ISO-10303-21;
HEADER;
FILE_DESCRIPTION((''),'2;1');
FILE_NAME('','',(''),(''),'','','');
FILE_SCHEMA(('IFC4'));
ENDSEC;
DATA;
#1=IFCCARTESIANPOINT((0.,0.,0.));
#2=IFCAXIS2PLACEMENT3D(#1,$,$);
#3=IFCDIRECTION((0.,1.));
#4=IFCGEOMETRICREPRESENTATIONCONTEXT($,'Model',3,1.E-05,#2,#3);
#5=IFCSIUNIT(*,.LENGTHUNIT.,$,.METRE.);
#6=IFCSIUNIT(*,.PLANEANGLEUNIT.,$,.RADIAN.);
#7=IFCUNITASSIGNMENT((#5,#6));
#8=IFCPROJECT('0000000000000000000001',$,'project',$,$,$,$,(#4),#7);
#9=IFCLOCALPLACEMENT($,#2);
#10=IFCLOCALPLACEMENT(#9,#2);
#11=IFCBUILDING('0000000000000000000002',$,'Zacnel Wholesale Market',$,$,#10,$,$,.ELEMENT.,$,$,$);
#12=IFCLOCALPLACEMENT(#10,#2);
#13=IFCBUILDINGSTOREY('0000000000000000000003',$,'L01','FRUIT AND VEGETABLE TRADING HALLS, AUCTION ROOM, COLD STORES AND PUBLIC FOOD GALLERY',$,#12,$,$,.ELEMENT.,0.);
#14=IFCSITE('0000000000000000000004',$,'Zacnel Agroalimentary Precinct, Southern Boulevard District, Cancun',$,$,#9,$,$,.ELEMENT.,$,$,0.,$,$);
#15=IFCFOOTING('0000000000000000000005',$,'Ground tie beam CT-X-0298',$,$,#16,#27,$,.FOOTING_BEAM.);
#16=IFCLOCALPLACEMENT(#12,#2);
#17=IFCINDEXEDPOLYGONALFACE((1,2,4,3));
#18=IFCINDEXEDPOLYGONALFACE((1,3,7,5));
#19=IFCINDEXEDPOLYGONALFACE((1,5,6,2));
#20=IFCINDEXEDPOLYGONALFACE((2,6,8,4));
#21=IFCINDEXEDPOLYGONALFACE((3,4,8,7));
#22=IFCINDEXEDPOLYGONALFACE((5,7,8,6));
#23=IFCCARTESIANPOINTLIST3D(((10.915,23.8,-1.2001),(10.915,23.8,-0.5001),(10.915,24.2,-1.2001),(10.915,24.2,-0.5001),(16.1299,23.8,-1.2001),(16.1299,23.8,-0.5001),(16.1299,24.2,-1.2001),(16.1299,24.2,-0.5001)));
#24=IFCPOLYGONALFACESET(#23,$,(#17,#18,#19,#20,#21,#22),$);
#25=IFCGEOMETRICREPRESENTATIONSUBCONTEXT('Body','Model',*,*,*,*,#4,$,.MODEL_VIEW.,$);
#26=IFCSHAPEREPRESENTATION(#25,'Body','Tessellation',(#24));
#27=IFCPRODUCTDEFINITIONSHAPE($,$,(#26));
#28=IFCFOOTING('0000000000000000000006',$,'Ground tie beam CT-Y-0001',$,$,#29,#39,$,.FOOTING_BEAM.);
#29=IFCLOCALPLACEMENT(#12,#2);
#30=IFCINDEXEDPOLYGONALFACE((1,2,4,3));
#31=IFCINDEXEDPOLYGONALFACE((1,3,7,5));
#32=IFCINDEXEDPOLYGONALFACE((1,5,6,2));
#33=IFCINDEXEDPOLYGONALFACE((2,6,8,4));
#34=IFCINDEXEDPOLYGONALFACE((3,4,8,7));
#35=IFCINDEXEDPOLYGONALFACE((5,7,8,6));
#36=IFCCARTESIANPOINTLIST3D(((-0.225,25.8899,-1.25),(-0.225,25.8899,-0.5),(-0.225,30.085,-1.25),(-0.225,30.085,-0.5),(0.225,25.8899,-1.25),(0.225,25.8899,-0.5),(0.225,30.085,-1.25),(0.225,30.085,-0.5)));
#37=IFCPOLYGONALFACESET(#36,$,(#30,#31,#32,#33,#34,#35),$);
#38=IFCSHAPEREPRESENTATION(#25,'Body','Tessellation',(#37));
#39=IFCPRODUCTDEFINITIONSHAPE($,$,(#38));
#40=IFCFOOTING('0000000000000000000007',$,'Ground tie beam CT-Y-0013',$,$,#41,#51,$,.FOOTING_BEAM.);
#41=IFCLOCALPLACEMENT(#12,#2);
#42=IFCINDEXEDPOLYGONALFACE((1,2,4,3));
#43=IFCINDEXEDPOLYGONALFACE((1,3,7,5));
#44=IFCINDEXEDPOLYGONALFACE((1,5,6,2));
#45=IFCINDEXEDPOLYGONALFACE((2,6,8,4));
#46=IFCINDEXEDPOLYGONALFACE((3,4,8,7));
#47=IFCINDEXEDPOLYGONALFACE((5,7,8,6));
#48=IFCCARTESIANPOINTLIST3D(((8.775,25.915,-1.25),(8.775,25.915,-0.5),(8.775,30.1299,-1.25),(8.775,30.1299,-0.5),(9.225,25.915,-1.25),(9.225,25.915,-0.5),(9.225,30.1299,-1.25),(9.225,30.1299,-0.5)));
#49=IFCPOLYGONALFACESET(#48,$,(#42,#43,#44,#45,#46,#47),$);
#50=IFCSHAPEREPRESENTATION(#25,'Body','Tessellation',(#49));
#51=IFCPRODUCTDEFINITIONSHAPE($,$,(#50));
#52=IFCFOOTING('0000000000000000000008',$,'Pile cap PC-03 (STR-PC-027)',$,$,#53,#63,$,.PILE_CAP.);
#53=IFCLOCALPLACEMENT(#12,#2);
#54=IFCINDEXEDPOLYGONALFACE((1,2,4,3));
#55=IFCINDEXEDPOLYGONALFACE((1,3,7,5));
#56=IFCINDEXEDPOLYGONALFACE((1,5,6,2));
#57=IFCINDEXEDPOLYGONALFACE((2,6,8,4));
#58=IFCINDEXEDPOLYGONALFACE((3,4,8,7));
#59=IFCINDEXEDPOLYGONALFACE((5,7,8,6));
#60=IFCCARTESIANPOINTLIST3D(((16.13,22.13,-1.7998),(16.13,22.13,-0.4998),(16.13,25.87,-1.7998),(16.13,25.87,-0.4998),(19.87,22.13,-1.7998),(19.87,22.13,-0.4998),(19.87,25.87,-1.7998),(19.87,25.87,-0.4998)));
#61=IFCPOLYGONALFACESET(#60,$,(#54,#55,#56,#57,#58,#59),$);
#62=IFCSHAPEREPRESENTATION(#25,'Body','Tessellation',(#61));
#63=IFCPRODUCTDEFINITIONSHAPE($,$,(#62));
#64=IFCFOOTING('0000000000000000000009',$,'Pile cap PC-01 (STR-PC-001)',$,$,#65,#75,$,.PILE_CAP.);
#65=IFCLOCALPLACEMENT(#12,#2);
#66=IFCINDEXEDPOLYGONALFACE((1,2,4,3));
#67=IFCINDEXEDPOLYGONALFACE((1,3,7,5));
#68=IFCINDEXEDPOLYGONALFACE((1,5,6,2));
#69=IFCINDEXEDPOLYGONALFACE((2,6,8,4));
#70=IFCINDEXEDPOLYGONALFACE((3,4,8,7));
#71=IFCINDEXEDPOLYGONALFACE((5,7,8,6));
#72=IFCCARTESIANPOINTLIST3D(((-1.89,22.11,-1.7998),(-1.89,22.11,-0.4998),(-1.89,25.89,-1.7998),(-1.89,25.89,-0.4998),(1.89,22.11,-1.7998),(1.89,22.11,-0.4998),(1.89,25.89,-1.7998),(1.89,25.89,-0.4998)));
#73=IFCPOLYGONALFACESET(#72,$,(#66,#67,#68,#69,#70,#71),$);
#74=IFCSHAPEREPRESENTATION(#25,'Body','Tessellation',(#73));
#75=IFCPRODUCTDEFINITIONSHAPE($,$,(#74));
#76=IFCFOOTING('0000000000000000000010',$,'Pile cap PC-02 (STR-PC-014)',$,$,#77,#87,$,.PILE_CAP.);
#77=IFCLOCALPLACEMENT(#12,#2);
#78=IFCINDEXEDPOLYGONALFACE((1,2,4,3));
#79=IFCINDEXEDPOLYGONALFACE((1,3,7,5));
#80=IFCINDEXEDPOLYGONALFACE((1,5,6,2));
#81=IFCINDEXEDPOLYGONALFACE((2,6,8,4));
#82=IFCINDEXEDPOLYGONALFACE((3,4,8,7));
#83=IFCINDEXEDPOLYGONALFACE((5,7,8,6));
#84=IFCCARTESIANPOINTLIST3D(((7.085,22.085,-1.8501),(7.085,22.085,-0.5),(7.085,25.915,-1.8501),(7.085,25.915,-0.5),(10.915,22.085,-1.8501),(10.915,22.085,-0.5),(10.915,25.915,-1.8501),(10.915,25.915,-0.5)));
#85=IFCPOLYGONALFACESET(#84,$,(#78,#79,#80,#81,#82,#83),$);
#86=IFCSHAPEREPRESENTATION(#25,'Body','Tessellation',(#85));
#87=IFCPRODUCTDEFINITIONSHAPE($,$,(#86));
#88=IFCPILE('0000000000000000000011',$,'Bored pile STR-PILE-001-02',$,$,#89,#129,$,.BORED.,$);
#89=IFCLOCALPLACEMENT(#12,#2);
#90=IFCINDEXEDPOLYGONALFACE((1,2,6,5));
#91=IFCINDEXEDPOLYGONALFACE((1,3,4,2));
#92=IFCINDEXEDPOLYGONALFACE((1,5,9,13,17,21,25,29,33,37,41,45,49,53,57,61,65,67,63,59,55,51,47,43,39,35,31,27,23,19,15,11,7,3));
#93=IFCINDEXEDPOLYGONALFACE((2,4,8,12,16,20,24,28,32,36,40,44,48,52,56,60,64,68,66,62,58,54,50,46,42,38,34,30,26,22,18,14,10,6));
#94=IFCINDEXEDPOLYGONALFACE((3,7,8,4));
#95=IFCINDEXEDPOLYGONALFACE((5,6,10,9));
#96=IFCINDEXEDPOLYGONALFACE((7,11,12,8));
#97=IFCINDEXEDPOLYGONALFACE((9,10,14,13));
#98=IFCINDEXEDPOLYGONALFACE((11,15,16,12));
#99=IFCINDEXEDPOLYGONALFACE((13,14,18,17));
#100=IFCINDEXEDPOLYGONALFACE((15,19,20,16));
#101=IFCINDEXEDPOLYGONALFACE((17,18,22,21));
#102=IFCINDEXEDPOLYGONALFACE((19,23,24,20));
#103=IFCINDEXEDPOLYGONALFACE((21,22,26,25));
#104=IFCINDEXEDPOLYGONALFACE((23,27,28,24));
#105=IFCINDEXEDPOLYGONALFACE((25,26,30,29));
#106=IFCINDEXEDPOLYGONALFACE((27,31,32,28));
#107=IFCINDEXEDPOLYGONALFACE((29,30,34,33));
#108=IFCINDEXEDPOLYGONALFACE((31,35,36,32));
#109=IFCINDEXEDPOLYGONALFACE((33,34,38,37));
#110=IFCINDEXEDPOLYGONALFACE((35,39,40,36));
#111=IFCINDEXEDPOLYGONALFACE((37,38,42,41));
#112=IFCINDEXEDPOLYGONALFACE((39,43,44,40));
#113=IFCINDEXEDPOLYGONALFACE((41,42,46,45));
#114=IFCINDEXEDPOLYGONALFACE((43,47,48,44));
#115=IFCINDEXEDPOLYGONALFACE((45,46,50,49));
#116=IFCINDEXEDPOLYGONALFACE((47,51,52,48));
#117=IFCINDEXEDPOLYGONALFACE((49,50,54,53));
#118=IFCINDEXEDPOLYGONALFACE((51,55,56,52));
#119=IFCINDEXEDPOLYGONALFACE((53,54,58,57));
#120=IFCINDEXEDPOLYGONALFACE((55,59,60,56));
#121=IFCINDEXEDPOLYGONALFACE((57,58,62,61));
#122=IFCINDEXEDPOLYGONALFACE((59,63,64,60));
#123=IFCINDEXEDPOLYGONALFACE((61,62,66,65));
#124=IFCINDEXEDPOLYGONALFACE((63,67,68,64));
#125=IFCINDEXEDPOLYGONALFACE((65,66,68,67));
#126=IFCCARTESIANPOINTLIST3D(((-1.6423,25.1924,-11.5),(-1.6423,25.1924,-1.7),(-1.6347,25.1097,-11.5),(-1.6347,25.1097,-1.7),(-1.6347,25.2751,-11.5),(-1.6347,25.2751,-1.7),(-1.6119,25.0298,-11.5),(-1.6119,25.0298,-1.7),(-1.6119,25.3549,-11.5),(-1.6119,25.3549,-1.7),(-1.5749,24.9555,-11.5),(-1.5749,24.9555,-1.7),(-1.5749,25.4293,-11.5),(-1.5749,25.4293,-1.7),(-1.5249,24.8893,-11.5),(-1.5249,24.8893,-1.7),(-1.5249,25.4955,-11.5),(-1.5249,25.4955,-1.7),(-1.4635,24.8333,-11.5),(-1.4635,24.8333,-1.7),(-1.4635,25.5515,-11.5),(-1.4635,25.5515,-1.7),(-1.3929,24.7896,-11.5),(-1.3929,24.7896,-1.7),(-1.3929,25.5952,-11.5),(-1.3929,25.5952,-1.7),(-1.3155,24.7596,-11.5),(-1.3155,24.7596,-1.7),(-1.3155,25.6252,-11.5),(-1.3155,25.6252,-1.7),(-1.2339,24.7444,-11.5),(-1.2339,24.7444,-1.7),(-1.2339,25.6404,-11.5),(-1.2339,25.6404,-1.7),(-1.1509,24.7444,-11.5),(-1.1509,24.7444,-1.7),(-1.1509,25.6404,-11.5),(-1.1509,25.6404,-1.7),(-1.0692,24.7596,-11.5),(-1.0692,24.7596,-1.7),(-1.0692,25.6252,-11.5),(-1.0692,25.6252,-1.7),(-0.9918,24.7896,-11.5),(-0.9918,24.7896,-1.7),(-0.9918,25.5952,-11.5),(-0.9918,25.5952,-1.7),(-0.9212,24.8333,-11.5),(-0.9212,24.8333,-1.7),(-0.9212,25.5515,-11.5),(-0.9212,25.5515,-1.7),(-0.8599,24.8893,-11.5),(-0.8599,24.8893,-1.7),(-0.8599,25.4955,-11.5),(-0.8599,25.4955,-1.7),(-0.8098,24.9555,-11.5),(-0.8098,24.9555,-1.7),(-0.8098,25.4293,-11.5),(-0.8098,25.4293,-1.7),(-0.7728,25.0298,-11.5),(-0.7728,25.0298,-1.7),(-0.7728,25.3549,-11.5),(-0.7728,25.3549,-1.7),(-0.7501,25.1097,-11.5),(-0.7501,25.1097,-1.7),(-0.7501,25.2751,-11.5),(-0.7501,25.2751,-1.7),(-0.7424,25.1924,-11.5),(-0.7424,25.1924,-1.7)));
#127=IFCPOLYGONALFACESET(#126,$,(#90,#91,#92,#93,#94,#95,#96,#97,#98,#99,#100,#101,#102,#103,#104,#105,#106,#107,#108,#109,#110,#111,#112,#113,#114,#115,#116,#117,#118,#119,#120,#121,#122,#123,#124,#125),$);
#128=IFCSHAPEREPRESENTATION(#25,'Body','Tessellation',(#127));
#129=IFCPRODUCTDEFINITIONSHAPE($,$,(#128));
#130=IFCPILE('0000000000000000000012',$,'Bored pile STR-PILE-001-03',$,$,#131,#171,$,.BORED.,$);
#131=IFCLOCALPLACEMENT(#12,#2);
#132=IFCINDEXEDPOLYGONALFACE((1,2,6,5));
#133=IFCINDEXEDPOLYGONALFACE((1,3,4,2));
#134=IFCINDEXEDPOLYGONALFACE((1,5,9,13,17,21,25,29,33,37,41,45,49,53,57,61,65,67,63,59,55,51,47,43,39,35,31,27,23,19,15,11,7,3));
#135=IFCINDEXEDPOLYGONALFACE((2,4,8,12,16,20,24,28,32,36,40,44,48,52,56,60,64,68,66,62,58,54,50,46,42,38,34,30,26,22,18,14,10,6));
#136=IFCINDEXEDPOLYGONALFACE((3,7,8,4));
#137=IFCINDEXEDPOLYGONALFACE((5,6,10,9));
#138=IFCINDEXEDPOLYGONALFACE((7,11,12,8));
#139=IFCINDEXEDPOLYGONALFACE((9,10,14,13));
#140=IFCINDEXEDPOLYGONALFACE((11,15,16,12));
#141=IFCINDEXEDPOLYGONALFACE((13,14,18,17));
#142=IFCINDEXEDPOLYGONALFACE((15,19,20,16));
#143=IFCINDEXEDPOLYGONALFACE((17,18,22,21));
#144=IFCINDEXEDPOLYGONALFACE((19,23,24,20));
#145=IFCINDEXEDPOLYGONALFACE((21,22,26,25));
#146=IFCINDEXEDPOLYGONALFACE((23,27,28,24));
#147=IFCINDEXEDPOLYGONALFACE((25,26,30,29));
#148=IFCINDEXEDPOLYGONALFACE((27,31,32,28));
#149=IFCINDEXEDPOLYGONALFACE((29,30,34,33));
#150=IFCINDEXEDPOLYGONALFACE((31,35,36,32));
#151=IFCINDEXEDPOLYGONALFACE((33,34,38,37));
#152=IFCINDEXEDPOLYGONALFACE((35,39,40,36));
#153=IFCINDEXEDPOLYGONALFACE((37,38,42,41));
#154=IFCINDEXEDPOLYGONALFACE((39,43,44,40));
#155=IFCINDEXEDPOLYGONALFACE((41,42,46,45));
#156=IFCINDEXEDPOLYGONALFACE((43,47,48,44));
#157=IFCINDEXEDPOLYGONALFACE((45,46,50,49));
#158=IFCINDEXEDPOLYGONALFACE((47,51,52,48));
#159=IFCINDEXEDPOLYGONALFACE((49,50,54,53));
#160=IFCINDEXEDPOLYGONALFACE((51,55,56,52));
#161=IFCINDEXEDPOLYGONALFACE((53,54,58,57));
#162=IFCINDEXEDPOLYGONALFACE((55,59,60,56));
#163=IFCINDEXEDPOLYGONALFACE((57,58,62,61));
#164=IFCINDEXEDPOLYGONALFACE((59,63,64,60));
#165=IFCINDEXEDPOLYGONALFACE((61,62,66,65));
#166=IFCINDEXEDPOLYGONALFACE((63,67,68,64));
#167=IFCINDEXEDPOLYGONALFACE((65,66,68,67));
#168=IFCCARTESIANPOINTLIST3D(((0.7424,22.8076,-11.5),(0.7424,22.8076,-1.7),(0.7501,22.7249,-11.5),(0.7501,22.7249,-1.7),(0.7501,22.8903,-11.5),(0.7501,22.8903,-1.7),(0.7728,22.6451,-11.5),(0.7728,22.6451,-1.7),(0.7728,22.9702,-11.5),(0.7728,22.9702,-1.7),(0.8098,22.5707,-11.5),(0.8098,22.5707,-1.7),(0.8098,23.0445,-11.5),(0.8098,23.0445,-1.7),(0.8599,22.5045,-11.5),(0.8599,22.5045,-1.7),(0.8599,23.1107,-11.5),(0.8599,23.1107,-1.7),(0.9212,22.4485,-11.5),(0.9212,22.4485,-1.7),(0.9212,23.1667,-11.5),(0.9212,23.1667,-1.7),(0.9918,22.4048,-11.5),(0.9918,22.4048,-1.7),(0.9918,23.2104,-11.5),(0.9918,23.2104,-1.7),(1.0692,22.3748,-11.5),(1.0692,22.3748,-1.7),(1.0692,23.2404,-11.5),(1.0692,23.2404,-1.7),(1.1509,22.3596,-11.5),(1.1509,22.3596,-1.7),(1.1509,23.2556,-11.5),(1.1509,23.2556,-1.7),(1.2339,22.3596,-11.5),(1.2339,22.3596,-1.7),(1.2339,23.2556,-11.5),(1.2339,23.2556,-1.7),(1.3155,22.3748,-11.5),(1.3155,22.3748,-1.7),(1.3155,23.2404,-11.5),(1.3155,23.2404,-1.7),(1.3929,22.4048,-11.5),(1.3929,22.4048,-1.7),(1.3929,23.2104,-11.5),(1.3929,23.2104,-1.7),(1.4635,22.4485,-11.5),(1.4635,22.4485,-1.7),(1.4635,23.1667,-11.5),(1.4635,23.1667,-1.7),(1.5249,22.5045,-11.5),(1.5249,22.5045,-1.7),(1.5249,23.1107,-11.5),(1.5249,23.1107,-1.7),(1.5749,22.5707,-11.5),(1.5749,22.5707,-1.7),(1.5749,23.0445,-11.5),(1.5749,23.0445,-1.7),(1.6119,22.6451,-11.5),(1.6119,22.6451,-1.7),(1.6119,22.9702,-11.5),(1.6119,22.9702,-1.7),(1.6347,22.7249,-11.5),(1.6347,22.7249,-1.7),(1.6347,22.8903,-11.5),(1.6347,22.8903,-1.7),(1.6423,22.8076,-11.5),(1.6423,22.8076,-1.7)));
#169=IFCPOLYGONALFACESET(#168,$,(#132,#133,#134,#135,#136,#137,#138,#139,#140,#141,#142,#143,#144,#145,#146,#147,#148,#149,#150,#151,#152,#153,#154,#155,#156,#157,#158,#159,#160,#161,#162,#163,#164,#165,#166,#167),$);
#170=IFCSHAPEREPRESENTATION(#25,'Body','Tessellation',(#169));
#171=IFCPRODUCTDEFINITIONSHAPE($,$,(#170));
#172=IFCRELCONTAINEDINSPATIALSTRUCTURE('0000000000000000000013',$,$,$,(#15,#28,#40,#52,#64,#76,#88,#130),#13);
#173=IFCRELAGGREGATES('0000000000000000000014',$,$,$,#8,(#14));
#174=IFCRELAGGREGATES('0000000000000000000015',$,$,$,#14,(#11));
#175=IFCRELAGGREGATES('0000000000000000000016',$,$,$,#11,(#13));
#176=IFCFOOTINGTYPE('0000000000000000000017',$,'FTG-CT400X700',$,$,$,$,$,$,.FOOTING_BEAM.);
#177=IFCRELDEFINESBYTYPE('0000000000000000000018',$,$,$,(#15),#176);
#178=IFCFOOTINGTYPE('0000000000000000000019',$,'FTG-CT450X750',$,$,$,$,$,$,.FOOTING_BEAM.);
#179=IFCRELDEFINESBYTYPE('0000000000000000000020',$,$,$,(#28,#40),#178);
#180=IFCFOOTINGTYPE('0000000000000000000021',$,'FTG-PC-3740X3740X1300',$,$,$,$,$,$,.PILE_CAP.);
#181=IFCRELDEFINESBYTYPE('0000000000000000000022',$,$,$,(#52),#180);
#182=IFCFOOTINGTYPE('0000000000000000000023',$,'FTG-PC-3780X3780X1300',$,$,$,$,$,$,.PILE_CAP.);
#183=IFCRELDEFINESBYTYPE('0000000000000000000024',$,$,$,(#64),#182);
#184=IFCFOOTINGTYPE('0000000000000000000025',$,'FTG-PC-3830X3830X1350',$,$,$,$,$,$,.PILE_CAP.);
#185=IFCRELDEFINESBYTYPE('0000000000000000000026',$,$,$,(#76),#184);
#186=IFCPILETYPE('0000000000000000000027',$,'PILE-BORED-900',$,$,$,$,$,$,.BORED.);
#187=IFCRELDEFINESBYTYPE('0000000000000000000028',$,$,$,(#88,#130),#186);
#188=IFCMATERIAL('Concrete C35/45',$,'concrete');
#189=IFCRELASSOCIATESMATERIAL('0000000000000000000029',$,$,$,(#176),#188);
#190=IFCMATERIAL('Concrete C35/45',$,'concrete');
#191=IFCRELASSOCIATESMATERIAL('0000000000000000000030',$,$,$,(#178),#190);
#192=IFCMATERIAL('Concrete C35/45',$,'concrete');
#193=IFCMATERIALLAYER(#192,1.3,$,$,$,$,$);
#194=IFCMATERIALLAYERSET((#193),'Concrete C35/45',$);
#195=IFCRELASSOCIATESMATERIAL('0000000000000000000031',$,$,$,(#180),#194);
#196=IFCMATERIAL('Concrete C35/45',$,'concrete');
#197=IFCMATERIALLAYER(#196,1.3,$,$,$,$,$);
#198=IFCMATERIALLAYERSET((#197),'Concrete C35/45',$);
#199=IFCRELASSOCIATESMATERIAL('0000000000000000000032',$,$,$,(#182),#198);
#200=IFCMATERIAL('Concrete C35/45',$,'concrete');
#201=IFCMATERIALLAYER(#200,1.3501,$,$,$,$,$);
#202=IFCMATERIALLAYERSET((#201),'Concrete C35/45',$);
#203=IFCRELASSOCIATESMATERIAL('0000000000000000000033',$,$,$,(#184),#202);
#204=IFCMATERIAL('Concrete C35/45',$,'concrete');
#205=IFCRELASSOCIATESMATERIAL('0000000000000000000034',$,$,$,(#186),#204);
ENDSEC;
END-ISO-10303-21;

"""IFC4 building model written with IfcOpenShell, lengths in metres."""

from ifc_helpers import new_model, si_unit, direction, frame, origin, origin_2d, place, context, subcontext, project, spatial, rectangle, circle, extrude, material, layer, layer_set, material_profile, profile_set, type_object, element, save


model = new_model("IFC4")

# Units and contexts
model_context = context("Model", 3, precision=1e-05, world=origin(), true_north=direction((0.0, 1.0)))
body_context = subcontext(model_context, "Body", "Model", "MODEL_VIEW")
ifc_project = project(units=[si_unit("LENGTHUNIT", "METRE"), si_unit("PLANEANGLEUNIT", "RADIAN")], contexts=[model_context])

# Site, building, storey
site_placement = place(None, origin())
site = spatial("IfcSite", under=ifc_project, at=site_placement, Name="Zacnel Agroalimentary Precinct, Southern Boulevard District, Cancun", CompositionType="ELEMENT", RefElevation=0.0)
building_placement = place(site_placement, origin())
building = spatial("IfcBuilding", under=site, at=building_placement, Name="Zacnel Wholesale Market", CompositionType="ELEMENT")
storey_placement = place(building_placement, origin())
storey = spatial("IfcBuildingStorey", under=building, at=storey_placement, Name="L01", Description="FRUIT AND VEGETABLE TRADING HALLS, AUCTION ROOM, COLD STORES AND PUBLIC FOOD GALLERY", CompositionType="ELEMENT", Elevation=0.0)

# Footings
ifc_material_1 = material(Name="Concrete C35/45", Category="concrete")
ifc_material_profile_1 = material_profile(ifc_material_1, rectangle(XDim=0.3999, YDim=0.7, at=origin_2d()), Name="CT 400x700")
ifc_profile_set_1 = profile_set([ifc_material_profile_1], Name="Concrete C35/45")
footing_type_1 = type_object("IfcFootingType", Name="FTG-CT400X700", PredefinedType="FOOTING_BEAM", material=ifc_profile_set_1)
footing_1_placement = place(storey_placement, frame((10.915, 24.0, -0.8501), z_axis=(1.0, 0.0, 0.0), x_axis=(0.0, 1.0, 0.0)))
element("IfcFooting", 1, at=footing_1_placement, inside=storey, type_object=footing_type_1, Name="Ground tie beam CT-X-0298", PredefinedType="FOOTING_BEAM", context=body_context, shape_type="SweptSolid", body=[
    extrude(rectangle(XDim=0.3999, YDim=0.7, at=origin_2d()), origin(), (0.0, 0.0, 1.0), 5.2148),
])
ifc_material_2 = material(Name="Concrete C35/45", Category="concrete")
ifc_material_profile_2 = material_profile(ifc_material_2, rectangle(XDim=0.45, YDim=0.75, at=origin_2d()), Name="CT 450x750")
ifc_profile_set_2 = profile_set([ifc_material_profile_2], Name="Concrete C35/45")
footing_type_2 = type_object("IfcFootingType", Name="FTG-CT450X750", PredefinedType="FOOTING_BEAM", material=ifc_profile_set_2)
footing_2_placement = place(storey_placement, frame((0.0, 25.8899, -0.875), z_axis=(0.0, 1.0, 0.0), x_axis=(-1.0, 0.0, 0.0)))
element("IfcFooting", 2, at=footing_2_placement, inside=storey, type_object=footing_type_2, Name="Ground tie beam CT-Y-0001", PredefinedType="FOOTING_BEAM", context=body_context, shape_type="SweptSolid", body=[
    extrude(rectangle(XDim=0.45, YDim=0.75, at=origin_2d()), origin(), (0.0, 0.0, 1.0), 4.1951),
])
footing_3_placement = place(storey_placement, frame((9.0, 25.915, -0.875), z_axis=(0.0, 1.0, 0.0), x_axis=(-1.0, 0.0, 0.0)))
element("IfcFooting", 3, at=footing_3_placement, inside=storey, type_object=footing_type_2, Name="Ground tie beam CT-Y-0013", PredefinedType="FOOTING_BEAM", context=body_context, shape_type="SweptSolid", body=[
    extrude(rectangle(XDim=0.45, YDim=0.75, at=origin_2d()), origin(), (0.0, 0.0, 1.0), 4.2148),
])
ifc_material_3 = material(Name="Concrete C35/45", Category="concrete")
ifc_layer_1 = layer(ifc_material_3, 1.3)
ifc_layer_set_1 = layer_set([ifc_layer_1], Name="Concrete C35/45")
footing_type_3 = type_object("IfcFootingType", Name="FTG-PC-3740X3740X1300", PredefinedType="PILE_CAP", material=ifc_layer_set_1)
footing_4_placement = place(storey_placement, frame((18.0, 24.0, -1.7998), z_axis=(0.0, 0.0, 1.0), x_axis=(1.0, 0.0, 0.0)))
element("IfcFooting", 4, at=footing_4_placement, inside=storey, type_object=footing_type_3, Name="Pile cap PC-03 (STR-PC-027)", PredefinedType="PILE_CAP", context=body_context, shape_type="SweptSolid", body=[
    extrude(rectangle(XDim=3.74, YDim=3.74, at=origin_2d()), origin(), (0.0, 0.0, 1.0), 1.3),
])
ifc_material_4 = material(Name="Concrete C35/45", Category="concrete")
ifc_layer_2 = layer(ifc_material_4, 1.3)
ifc_layer_set_2 = layer_set([ifc_layer_2], Name="Concrete C35/45")
footing_type_4 = type_object("IfcFootingType", Name="FTG-PC-3780X3780X1300", PredefinedType="PILE_CAP", material=ifc_layer_set_2)
footing_5_placement = place(storey_placement, frame((0.0, 24.0, -1.7998), z_axis=(0.0, 0.0, 1.0), x_axis=(1.0, 0.0, 0.0)))
element("IfcFooting", 5, at=footing_5_placement, inside=storey, type_object=footing_type_4, Name="Pile cap PC-01 (STR-PC-001)", PredefinedType="PILE_CAP", context=body_context, shape_type="SweptSolid", body=[
    extrude(rectangle(XDim=3.78, YDim=3.78, at=origin_2d()), origin(), (0.0, 0.0, 1.0), 1.3),
])
ifc_material_5 = material(Name="Concrete C35/45", Category="concrete")
ifc_layer_3 = layer(ifc_material_5, 1.3501)
ifc_layer_set_3 = layer_set([ifc_layer_3], Name="Concrete C35/45")
footing_type_5 = type_object("IfcFootingType", Name="FTG-PC-3830X3830X1350", PredefinedType="PILE_CAP", material=ifc_layer_set_3)
footing_6_placement = place(storey_placement, frame((9.0, 24.0, -1.8501), z_axis=(0.0, 0.0, 1.0), x_axis=(1.0, 0.0, 0.0)))
element("IfcFooting", 6, at=footing_6_placement, inside=storey, type_object=footing_type_5, Name="Pile cap PC-02 (STR-PC-014)", PredefinedType="PILE_CAP", context=body_context, shape_type="SweptSolid", body=[
    extrude(rectangle(XDim=3.8301, YDim=3.8301, at=origin_2d()), origin(), (0.0, 0.0, 1.0), 1.3501),
])

# Piles
ifc_material_6 = material(Name="Concrete C35/45", Category="concrete")
ifc_material_profile_3 = material_profile(ifc_material_6, circle(Radius=0.45, at=origin_2d()), Name="BORED PILE D900")
ifc_profile_set_3 = profile_set([ifc_material_profile_3], Name="Concrete C35/45")
pile_type = type_object("IfcPileType", Name="PILE-BORED-900", PredefinedType="BORED", material=ifc_profile_set_3)
for number, where, z_axis, x_axis, name in (
    (7, (-1.1924, 25.1924, -1.7), (0.0, 0.0, -1.0), (1.0, 0.0, 0.0), "Bored pile STR-PILE-001-02"),
    (8, (1.1924, 22.8076, -1.7), (0.0, 0.0, -1.0), (1.0, 0.0, 0.0), "Bored pile STR-PILE-001-03"),
):
    element("IfcPile", number, at=place(storey_placement, frame(where, z_axis=z_axis, x_axis=x_axis)), inside=storey, type_object=pile_type, Name=name, PredefinedType="BORED", context=body_context, shape_type="SweptSolid", body=[
        extrude(circle(Radius=0.45, at=origin_2d()), origin(), (0.0, 0.0, 1.0), 9.8),
    ])

save(model, "model.ifc")
